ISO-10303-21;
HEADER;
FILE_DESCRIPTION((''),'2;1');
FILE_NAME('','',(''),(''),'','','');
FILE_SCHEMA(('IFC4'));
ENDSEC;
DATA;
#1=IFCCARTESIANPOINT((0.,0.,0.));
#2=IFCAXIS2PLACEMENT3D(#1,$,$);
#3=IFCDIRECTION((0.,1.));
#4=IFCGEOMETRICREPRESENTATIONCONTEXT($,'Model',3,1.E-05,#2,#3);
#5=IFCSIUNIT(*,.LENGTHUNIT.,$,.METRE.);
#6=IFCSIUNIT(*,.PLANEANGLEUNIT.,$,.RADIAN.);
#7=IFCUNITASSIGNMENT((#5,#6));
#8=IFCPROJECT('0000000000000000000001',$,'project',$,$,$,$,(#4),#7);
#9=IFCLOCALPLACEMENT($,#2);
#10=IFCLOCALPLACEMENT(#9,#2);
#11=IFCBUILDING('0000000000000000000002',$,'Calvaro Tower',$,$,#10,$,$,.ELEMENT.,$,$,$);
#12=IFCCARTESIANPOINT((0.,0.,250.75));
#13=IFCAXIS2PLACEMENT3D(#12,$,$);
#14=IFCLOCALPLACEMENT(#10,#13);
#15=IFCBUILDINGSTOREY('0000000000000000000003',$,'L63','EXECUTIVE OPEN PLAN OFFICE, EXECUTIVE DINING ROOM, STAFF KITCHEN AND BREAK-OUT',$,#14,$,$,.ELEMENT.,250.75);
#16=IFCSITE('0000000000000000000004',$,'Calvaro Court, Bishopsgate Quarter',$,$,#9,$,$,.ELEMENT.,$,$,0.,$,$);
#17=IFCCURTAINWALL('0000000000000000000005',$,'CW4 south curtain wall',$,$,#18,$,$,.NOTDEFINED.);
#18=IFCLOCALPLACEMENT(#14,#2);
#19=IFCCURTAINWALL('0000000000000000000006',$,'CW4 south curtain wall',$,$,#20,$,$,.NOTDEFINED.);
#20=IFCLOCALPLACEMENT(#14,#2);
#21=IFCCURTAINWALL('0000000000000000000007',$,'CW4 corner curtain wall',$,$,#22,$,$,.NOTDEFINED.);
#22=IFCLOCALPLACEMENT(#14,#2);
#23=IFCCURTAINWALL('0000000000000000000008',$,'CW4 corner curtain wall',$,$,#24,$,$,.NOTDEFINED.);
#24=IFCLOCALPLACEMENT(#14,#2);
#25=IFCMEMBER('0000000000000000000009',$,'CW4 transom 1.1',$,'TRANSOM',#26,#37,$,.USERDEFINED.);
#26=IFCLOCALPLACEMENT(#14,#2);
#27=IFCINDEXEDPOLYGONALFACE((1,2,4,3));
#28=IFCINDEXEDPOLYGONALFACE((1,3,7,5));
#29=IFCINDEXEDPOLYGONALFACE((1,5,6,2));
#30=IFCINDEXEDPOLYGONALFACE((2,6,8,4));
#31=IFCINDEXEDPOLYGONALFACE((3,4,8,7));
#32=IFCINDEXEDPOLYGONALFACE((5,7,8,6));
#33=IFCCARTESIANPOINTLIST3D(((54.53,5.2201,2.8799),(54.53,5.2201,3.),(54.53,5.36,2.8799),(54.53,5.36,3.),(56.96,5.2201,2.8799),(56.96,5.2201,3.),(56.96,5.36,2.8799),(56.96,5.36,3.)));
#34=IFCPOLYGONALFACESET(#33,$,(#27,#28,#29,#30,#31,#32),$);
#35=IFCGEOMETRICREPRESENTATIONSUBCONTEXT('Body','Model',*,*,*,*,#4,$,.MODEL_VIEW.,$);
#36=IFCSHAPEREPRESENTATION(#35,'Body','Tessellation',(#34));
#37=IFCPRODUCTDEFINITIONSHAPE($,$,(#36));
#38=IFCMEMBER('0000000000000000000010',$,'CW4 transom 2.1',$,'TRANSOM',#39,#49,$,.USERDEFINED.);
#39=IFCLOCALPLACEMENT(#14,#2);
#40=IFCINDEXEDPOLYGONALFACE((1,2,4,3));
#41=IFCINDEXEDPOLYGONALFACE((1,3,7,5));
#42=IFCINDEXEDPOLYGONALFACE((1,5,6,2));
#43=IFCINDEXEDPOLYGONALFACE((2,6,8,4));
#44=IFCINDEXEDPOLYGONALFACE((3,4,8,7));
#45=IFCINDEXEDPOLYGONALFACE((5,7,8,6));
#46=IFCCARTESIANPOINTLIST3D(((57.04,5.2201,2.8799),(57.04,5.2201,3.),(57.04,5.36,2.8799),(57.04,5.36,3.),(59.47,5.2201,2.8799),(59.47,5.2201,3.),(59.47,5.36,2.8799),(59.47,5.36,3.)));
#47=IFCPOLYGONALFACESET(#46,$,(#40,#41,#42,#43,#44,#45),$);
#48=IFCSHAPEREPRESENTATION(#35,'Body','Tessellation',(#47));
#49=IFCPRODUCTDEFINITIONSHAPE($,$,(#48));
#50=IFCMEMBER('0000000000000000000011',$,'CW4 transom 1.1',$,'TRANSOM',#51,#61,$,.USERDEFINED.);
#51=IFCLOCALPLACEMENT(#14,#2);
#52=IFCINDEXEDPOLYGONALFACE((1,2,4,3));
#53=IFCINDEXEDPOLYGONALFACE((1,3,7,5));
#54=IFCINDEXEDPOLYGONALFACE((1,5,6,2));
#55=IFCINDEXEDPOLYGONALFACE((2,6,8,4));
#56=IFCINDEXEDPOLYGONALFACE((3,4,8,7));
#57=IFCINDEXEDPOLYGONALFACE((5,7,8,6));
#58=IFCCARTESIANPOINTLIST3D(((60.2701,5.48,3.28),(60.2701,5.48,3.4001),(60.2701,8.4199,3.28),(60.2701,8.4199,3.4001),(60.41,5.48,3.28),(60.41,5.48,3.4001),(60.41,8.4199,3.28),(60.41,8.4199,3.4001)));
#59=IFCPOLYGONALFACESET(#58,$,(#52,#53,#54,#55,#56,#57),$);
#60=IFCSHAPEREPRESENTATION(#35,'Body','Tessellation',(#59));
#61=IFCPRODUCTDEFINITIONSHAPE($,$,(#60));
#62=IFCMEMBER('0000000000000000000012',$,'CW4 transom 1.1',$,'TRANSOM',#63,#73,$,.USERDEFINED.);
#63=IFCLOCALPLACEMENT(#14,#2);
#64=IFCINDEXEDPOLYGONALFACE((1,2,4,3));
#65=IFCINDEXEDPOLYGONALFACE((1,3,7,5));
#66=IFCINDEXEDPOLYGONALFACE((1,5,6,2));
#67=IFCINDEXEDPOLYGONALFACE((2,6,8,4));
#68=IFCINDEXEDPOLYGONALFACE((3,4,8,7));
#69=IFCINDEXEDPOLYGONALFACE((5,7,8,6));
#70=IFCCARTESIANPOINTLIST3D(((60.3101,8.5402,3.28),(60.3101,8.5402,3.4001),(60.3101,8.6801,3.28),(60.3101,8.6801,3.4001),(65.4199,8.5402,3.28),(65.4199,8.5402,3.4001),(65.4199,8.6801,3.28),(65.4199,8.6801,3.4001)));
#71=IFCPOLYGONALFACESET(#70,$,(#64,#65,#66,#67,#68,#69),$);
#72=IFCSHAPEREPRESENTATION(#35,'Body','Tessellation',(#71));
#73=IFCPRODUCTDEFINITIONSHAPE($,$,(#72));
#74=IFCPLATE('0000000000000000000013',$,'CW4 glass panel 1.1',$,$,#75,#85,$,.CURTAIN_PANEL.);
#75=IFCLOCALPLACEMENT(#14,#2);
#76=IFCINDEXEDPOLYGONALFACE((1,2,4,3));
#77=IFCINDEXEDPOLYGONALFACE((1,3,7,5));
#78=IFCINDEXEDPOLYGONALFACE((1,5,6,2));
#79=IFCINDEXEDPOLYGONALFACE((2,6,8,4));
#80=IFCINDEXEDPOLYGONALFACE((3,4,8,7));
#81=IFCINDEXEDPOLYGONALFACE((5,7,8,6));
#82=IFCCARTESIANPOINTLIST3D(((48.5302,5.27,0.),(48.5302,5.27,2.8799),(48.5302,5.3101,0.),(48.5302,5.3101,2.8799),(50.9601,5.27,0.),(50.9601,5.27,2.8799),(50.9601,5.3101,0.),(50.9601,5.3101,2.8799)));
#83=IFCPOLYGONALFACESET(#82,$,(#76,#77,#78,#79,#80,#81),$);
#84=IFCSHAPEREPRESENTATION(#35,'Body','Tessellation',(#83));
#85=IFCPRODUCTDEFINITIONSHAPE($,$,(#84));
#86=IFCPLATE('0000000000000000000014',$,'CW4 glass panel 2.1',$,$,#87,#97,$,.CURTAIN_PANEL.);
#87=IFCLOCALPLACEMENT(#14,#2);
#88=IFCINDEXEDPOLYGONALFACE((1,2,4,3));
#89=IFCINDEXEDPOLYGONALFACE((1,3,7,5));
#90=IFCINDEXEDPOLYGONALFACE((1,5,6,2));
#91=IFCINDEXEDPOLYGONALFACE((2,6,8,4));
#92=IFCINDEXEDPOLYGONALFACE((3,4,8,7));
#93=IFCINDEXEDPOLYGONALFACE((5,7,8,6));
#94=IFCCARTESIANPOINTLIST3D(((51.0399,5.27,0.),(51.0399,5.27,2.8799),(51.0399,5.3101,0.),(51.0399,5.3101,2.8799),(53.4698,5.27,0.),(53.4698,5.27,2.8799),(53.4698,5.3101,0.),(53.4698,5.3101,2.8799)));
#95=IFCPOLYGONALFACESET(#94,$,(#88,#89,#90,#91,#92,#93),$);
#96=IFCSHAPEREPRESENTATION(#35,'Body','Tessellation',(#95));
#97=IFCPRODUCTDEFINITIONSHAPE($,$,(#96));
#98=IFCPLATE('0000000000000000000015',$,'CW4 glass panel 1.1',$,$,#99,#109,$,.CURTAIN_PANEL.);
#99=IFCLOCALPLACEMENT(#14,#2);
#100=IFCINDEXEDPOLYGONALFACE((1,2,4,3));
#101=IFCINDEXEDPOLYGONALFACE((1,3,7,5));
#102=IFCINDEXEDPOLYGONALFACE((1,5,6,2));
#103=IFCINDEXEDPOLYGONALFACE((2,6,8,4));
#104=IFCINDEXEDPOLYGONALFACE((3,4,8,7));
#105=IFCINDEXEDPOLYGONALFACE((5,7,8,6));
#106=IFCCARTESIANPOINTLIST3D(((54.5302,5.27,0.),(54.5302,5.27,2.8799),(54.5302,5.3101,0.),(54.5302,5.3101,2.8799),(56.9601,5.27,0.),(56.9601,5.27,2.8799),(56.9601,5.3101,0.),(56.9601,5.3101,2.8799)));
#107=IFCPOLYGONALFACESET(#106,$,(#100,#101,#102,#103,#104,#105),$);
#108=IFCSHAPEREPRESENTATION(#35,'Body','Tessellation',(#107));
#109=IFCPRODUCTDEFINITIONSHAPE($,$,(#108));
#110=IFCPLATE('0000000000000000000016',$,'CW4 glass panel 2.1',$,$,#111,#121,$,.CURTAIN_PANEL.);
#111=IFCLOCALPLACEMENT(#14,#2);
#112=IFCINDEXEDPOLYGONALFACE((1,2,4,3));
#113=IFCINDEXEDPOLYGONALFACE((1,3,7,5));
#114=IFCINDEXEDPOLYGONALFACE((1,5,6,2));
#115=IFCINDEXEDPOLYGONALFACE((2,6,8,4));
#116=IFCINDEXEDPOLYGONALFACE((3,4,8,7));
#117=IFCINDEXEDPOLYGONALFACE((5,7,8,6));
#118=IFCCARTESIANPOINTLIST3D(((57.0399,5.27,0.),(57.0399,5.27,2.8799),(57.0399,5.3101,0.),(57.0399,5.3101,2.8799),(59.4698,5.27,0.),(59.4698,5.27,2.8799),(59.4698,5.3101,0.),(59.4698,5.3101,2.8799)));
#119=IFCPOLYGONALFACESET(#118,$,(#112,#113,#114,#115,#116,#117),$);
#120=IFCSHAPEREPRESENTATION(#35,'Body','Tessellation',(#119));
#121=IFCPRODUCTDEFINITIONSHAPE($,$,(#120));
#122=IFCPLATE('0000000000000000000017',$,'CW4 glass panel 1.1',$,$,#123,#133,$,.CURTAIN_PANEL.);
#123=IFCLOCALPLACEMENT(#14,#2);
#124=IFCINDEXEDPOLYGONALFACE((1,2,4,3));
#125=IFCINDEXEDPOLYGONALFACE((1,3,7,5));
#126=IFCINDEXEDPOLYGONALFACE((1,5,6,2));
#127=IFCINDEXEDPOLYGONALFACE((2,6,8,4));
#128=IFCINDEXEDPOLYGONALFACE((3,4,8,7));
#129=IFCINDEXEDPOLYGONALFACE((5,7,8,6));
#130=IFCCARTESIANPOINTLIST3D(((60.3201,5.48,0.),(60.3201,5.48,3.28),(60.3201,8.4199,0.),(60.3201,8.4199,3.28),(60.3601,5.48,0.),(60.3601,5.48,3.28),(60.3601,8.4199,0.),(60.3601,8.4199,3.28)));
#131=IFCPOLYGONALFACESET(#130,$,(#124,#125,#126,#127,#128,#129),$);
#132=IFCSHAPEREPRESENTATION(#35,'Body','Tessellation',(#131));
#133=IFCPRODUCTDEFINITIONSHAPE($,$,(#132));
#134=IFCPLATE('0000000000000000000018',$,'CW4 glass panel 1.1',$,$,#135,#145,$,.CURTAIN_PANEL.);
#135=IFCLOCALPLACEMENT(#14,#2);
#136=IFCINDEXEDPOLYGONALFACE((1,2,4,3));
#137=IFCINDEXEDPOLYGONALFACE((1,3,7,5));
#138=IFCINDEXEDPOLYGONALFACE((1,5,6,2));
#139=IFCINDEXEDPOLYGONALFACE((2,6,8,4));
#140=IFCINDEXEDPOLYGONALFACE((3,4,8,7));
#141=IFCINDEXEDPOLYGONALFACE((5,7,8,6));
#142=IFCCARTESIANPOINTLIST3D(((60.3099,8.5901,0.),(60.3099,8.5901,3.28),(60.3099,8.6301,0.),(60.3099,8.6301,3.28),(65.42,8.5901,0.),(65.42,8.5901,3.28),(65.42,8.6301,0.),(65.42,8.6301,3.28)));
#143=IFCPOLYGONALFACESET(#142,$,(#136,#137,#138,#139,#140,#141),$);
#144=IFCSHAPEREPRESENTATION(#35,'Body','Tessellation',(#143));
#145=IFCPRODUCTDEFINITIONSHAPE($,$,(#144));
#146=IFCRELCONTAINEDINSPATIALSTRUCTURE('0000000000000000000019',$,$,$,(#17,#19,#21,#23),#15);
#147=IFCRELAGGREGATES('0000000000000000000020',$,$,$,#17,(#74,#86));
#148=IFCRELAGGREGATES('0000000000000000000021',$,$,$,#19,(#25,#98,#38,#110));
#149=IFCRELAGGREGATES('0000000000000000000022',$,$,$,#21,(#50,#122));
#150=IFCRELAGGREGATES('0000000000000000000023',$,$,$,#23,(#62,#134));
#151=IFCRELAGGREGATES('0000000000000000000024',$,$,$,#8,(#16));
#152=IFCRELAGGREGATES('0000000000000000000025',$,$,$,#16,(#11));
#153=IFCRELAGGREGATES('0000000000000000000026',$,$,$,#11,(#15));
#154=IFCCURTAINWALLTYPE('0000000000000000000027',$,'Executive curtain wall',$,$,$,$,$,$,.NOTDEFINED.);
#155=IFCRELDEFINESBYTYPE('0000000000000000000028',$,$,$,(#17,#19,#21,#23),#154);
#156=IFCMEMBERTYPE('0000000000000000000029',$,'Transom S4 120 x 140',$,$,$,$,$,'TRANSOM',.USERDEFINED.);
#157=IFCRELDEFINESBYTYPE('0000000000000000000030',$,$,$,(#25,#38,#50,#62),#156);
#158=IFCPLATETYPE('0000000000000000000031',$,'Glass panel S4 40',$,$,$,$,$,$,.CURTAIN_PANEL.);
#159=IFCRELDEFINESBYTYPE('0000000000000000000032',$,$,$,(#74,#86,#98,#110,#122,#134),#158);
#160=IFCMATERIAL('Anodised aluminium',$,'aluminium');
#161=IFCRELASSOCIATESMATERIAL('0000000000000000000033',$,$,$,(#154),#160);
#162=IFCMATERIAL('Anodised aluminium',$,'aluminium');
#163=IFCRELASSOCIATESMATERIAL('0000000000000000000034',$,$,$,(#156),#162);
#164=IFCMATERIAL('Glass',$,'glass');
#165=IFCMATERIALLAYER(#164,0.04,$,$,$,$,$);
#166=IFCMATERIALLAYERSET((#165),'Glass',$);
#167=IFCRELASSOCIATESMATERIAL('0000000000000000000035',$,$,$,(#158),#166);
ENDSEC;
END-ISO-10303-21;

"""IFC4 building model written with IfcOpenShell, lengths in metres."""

from ifc_helpers import new_model, si_unit, direction, frame, origin, origin_2d, place, context, subcontext, project, spatial, rectangle, extrude, material, layer, layer_set, material_profile, profile_set, type_object, element, aggregate, save


model = new_model("IFC4")

# Units and contexts
model_context = context("Model", 3, precision=1e-05, world=origin(), true_north=direction((0.0, 1.0)))
body_context = subcontext(model_context, "Body", "Model", "MODEL_VIEW")
ifc_project = project(units=[si_unit("LENGTHUNIT", "METRE"), si_unit("PLANEANGLEUNIT", "RADIAN")], contexts=[model_context])

# Site, building, storey
site_placement = place(None, origin())
site = spatial("IfcSite", under=ifc_project, at=site_placement, Name="Calvaro Court, Bishopsgate Quarter", CompositionType="ELEMENT", RefElevation=0.0)
building_placement = place(site_placement, origin())
building = spatial("IfcBuilding", under=site, at=building_placement, Name="Calvaro Tower", CompositionType="ELEMENT")
storey_placement = place(building_placement, frame((0.0, 0.0, 250.75)))
storey = spatial("IfcBuildingStorey", under=building, at=storey_placement, Name="L63", Description="EXECUTIVE OPEN PLAN OFFICE, EXECUTIVE DINING ROOM, STAFF KITCHEN AND BREAK-OUT", CompositionType="ELEMENT", Elevation=250.75)

# Curtain walls
ifc_material_1 = material(Name="Anodised aluminium", Category="aluminium")
curtain_wall_type = type_object("IfcCurtainWallType", Name="Executive curtain wall", PredefinedType="NOTDEFINED", material=ifc_material_1)
curtain_wall_1_placement = place(storey_placement, origin())
curtain_wall_1 = element("IfcCurtainWall", 1, at=curtain_wall_1_placement, inside=storey, type_object=curtain_wall_type, Name="CW4 south curtain wall", PredefinedType="NOTDEFINED")
curtain_wall_2_placement = place(storey_placement, origin())
curtain_wall_2 = element("IfcCurtainWall", 2, at=curtain_wall_2_placement, inside=storey, type_object=curtain_wall_type, Name="CW4 south curtain wall", PredefinedType="NOTDEFINED")
curtain_wall_3_placement = place(storey_placement, origin())
curtain_wall_3 = element("IfcCurtainWall", 3, at=curtain_wall_3_placement, inside=storey, type_object=curtain_wall_type, Name="CW4 corner curtain wall", PredefinedType="NOTDEFINED")

# Curtain wall
curtain_wall_4_placement = place(storey_placement, origin())
curtain_wall_4 = element("IfcCurtainWall", 4, at=curtain_wall_4_placement, inside=storey, type_object=curtain_wall_type, Name="CW4 corner curtain wall", PredefinedType="NOTDEFINED")

# Members
ifc_material_2 = material(Name="Anodised aluminium", Category="aluminium")
ifc_material_profile_1 = material_profile(ifc_material_2, rectangle(XDim=0.1399, YDim=0.1201, at=origin_2d()), Name="Transom S4 120 x 140")
ifc_profile_set_1 = profile_set([ifc_material_profile_1], Name="Anodised aluminium")
member_type_1 = type_object("IfcMemberType", Name="Transom S4 120 x 140", ElementType="TRANSOM", PredefinedType="USERDEFINED", material=ifc_profile_set_1)
member_1_placement = place(storey_placement, frame((54.53, 5.29, 2.9399), z_axis=(1.0, 0.0, 0.0), x_axis=(0.0, 1.0, 0.0)))
member_1 = element("IfcMember", 5, at=member_1_placement, type_object=member_type_1, Name="CW4 transom 1.1", ObjectType="TRANSOM", PredefinedType="USERDEFINED", context=body_context, shape_type="SweptSolid", body=[
    extrude(rectangle(XDim=0.1399, YDim=0.1201, at=origin_2d()), origin(), (0.0, 0.0, 1.0), 2.4299),
])
member_2_placement = place(storey_placement, frame((57.04, 5.29, 2.9399), z_axis=(1.0, 0.0, 0.0), x_axis=(0.0, 1.0, 0.0)))
member_2 = element("IfcMember", 6, at=member_2_placement, type_object=member_type_1, Name="CW4 transom 2.1", ObjectType="TRANSOM", PredefinedType="USERDEFINED", context=body_context, shape_type="SweptSolid", body=[
    extrude(rectangle(XDim=0.1399, YDim=0.1201, at=origin_2d()), origin(), (0.0, 0.0, 1.0), 2.4299),
])
member_3_placement = place(storey_placement, frame((60.3401, 5.48, 3.3401), z_axis=(0.0, 1.0, 0.0), x_axis=(-1.0, 0.0, 0.0)))
member_3 = element("IfcMember", 7, at=member_3_placement, type_object=member_type_1, Name="CW4 transom 1.1", ObjectType="TRANSOM", PredefinedType="USERDEFINED", context=body_context, shape_type="SweptSolid", body=[
    extrude(rectangle(XDim=0.1399, YDim=0.1201, at=origin_2d()), origin(), (0.0, 0.0, 1.0), 2.9399),
])
member_4_placement = place(storey_placement, frame((60.3101, 8.6101, 3.3401), z_axis=(1.0, 0.0, 0.0), x_axis=(0.0, 1.0, 0.0)))
member_4 = element("IfcMember", 8, at=member_4_placement, type_object=member_type_1, Name="CW4 transom 1.1", ObjectType="TRANSOM", PredefinedType="USERDEFINED", context=body_context, shape_type="SweptSolid", body=[
    extrude(rectangle(XDim=0.1399, YDim=0.1201, at=origin_2d()), origin(), (0.0, 0.0, 1.0), 5.1099),
])

# Plates
ifc_material_3 = material(Name="Glass", Category="glass")
ifc_layer_1 = layer(ifc_material_3, 0.04)
ifc_layer_set_1 = layer_set([ifc_layer_1], Name="Glass")
plate_type = type_object("IfcPlateType", Name="Glass panel S4 40", PredefinedType="CURTAIN_PANEL", material=ifc_layer_set_1)
plate_1_placement = place(storey_placement, frame((49.7451, 5.29, 0.0), z_axis=(0.0, 0.0, 1.0), x_axis=(1.0, 0.0, 0.0)))
plate_1 = element("IfcPlate", 9, at=plate_1_placement, type_object=plate_type, Name="CW4 glass panel 1.1", PredefinedType="CURTAIN_PANEL", context=body_context, shape_type="SweptSolid", body=[
    extrude(rectangle(XDim=2.4299, YDim=0.04, at=origin_2d()), origin(), (0.0, 0.0, 1.0), 2.8799),
])
plate_2_placement = place(storey_placement, frame((52.2549, 5.29, 0.0), z_axis=(0.0, 0.0, 1.0), x_axis=(1.0, 0.0, 0.0)))
plate_2 = element("IfcPlate", 10, at=plate_2_placement, type_object=plate_type, Name="CW4 glass panel 2.1", PredefinedType="CURTAIN_PANEL", context=body_context, shape_type="SweptSolid", body=[
    extrude(rectangle(XDim=2.4299, YDim=0.04, at=origin_2d()), origin(), (0.0, 0.0, 1.0), 2.8799),
])
aggregate(curtain_wall_1, [plate_1, plate_2])
plate_3_placement = place(storey_placement, frame((55.7451, 5.29, 0.0), z_axis=(0.0, 0.0, 1.0), x_axis=(1.0, 0.0, 0.0)))
plate_3 = element("IfcPlate", 11, at=plate_3_placement, type_object=plate_type, Name="CW4 glass panel 1.1", PredefinedType="CURTAIN_PANEL", context=body_context, shape_type="SweptSolid", body=[
    extrude(rectangle(XDim=2.4299, YDim=0.04, at=origin_2d()), origin(), (0.0, 0.0, 1.0), 2.8799),
])
plate_4_placement = place(storey_placement, frame((58.2549, 5.29, 0.0), z_axis=(0.0, 0.0, 1.0), x_axis=(1.0, 0.0, 0.0)))
plate_4 = element("IfcPlate", 12, at=plate_4_placement, type_object=plate_type, Name="CW4 glass panel 2.1", PredefinedType="CURTAIN_PANEL", context=body_context, shape_type="SweptSolid", body=[
    extrude(rectangle(XDim=2.4299, YDim=0.04, at=origin_2d()), origin(), (0.0, 0.0, 1.0), 2.8799),
])
aggregate(curtain_wall_2, [member_1, plate_3, member_2, plate_4])
plate_5_placement = place(storey_placement, frame((60.3401, 6.95, 0.0), z_axis=(0.0, 0.0, 1.0), x_axis=(0.0, 1.0, 0.0)))
plate_5 = element("IfcPlate", 13, at=plate_5_placement, type_object=plate_type, Name="CW4 glass panel 1.1", PredefinedType="CURTAIN_PANEL", context=body_context, shape_type="SweptSolid", body=[
    extrude(rectangle(XDim=2.9399, YDim=0.04, at=origin_2d()), origin(), (0.0, 0.0, 1.0), 3.28),
])
aggregate(curtain_wall_3, [member_3, plate_5])
plate_6_placement = place(storey_placement, frame((62.865, 8.6101, 0.0), z_axis=(0.0, 0.0, 1.0), x_axis=(1.0, 0.0, 0.0)))
plate_6 = element("IfcPlate", 14, at=plate_6_placement, type_object=plate_type, Name="CW4 glass panel 1.1", PredefinedType="CURTAIN_PANEL", context=body_context, shape_type="SweptSolid", body=[
    extrude(rectangle(XDim=5.1101, YDim=0.04, at=origin_2d()), origin(), (0.0, 0.0, 1.0), 3.28),
])
aggregate(curtain_wall_4, [member_4, plate_6])

save(model, "model.ifc")
